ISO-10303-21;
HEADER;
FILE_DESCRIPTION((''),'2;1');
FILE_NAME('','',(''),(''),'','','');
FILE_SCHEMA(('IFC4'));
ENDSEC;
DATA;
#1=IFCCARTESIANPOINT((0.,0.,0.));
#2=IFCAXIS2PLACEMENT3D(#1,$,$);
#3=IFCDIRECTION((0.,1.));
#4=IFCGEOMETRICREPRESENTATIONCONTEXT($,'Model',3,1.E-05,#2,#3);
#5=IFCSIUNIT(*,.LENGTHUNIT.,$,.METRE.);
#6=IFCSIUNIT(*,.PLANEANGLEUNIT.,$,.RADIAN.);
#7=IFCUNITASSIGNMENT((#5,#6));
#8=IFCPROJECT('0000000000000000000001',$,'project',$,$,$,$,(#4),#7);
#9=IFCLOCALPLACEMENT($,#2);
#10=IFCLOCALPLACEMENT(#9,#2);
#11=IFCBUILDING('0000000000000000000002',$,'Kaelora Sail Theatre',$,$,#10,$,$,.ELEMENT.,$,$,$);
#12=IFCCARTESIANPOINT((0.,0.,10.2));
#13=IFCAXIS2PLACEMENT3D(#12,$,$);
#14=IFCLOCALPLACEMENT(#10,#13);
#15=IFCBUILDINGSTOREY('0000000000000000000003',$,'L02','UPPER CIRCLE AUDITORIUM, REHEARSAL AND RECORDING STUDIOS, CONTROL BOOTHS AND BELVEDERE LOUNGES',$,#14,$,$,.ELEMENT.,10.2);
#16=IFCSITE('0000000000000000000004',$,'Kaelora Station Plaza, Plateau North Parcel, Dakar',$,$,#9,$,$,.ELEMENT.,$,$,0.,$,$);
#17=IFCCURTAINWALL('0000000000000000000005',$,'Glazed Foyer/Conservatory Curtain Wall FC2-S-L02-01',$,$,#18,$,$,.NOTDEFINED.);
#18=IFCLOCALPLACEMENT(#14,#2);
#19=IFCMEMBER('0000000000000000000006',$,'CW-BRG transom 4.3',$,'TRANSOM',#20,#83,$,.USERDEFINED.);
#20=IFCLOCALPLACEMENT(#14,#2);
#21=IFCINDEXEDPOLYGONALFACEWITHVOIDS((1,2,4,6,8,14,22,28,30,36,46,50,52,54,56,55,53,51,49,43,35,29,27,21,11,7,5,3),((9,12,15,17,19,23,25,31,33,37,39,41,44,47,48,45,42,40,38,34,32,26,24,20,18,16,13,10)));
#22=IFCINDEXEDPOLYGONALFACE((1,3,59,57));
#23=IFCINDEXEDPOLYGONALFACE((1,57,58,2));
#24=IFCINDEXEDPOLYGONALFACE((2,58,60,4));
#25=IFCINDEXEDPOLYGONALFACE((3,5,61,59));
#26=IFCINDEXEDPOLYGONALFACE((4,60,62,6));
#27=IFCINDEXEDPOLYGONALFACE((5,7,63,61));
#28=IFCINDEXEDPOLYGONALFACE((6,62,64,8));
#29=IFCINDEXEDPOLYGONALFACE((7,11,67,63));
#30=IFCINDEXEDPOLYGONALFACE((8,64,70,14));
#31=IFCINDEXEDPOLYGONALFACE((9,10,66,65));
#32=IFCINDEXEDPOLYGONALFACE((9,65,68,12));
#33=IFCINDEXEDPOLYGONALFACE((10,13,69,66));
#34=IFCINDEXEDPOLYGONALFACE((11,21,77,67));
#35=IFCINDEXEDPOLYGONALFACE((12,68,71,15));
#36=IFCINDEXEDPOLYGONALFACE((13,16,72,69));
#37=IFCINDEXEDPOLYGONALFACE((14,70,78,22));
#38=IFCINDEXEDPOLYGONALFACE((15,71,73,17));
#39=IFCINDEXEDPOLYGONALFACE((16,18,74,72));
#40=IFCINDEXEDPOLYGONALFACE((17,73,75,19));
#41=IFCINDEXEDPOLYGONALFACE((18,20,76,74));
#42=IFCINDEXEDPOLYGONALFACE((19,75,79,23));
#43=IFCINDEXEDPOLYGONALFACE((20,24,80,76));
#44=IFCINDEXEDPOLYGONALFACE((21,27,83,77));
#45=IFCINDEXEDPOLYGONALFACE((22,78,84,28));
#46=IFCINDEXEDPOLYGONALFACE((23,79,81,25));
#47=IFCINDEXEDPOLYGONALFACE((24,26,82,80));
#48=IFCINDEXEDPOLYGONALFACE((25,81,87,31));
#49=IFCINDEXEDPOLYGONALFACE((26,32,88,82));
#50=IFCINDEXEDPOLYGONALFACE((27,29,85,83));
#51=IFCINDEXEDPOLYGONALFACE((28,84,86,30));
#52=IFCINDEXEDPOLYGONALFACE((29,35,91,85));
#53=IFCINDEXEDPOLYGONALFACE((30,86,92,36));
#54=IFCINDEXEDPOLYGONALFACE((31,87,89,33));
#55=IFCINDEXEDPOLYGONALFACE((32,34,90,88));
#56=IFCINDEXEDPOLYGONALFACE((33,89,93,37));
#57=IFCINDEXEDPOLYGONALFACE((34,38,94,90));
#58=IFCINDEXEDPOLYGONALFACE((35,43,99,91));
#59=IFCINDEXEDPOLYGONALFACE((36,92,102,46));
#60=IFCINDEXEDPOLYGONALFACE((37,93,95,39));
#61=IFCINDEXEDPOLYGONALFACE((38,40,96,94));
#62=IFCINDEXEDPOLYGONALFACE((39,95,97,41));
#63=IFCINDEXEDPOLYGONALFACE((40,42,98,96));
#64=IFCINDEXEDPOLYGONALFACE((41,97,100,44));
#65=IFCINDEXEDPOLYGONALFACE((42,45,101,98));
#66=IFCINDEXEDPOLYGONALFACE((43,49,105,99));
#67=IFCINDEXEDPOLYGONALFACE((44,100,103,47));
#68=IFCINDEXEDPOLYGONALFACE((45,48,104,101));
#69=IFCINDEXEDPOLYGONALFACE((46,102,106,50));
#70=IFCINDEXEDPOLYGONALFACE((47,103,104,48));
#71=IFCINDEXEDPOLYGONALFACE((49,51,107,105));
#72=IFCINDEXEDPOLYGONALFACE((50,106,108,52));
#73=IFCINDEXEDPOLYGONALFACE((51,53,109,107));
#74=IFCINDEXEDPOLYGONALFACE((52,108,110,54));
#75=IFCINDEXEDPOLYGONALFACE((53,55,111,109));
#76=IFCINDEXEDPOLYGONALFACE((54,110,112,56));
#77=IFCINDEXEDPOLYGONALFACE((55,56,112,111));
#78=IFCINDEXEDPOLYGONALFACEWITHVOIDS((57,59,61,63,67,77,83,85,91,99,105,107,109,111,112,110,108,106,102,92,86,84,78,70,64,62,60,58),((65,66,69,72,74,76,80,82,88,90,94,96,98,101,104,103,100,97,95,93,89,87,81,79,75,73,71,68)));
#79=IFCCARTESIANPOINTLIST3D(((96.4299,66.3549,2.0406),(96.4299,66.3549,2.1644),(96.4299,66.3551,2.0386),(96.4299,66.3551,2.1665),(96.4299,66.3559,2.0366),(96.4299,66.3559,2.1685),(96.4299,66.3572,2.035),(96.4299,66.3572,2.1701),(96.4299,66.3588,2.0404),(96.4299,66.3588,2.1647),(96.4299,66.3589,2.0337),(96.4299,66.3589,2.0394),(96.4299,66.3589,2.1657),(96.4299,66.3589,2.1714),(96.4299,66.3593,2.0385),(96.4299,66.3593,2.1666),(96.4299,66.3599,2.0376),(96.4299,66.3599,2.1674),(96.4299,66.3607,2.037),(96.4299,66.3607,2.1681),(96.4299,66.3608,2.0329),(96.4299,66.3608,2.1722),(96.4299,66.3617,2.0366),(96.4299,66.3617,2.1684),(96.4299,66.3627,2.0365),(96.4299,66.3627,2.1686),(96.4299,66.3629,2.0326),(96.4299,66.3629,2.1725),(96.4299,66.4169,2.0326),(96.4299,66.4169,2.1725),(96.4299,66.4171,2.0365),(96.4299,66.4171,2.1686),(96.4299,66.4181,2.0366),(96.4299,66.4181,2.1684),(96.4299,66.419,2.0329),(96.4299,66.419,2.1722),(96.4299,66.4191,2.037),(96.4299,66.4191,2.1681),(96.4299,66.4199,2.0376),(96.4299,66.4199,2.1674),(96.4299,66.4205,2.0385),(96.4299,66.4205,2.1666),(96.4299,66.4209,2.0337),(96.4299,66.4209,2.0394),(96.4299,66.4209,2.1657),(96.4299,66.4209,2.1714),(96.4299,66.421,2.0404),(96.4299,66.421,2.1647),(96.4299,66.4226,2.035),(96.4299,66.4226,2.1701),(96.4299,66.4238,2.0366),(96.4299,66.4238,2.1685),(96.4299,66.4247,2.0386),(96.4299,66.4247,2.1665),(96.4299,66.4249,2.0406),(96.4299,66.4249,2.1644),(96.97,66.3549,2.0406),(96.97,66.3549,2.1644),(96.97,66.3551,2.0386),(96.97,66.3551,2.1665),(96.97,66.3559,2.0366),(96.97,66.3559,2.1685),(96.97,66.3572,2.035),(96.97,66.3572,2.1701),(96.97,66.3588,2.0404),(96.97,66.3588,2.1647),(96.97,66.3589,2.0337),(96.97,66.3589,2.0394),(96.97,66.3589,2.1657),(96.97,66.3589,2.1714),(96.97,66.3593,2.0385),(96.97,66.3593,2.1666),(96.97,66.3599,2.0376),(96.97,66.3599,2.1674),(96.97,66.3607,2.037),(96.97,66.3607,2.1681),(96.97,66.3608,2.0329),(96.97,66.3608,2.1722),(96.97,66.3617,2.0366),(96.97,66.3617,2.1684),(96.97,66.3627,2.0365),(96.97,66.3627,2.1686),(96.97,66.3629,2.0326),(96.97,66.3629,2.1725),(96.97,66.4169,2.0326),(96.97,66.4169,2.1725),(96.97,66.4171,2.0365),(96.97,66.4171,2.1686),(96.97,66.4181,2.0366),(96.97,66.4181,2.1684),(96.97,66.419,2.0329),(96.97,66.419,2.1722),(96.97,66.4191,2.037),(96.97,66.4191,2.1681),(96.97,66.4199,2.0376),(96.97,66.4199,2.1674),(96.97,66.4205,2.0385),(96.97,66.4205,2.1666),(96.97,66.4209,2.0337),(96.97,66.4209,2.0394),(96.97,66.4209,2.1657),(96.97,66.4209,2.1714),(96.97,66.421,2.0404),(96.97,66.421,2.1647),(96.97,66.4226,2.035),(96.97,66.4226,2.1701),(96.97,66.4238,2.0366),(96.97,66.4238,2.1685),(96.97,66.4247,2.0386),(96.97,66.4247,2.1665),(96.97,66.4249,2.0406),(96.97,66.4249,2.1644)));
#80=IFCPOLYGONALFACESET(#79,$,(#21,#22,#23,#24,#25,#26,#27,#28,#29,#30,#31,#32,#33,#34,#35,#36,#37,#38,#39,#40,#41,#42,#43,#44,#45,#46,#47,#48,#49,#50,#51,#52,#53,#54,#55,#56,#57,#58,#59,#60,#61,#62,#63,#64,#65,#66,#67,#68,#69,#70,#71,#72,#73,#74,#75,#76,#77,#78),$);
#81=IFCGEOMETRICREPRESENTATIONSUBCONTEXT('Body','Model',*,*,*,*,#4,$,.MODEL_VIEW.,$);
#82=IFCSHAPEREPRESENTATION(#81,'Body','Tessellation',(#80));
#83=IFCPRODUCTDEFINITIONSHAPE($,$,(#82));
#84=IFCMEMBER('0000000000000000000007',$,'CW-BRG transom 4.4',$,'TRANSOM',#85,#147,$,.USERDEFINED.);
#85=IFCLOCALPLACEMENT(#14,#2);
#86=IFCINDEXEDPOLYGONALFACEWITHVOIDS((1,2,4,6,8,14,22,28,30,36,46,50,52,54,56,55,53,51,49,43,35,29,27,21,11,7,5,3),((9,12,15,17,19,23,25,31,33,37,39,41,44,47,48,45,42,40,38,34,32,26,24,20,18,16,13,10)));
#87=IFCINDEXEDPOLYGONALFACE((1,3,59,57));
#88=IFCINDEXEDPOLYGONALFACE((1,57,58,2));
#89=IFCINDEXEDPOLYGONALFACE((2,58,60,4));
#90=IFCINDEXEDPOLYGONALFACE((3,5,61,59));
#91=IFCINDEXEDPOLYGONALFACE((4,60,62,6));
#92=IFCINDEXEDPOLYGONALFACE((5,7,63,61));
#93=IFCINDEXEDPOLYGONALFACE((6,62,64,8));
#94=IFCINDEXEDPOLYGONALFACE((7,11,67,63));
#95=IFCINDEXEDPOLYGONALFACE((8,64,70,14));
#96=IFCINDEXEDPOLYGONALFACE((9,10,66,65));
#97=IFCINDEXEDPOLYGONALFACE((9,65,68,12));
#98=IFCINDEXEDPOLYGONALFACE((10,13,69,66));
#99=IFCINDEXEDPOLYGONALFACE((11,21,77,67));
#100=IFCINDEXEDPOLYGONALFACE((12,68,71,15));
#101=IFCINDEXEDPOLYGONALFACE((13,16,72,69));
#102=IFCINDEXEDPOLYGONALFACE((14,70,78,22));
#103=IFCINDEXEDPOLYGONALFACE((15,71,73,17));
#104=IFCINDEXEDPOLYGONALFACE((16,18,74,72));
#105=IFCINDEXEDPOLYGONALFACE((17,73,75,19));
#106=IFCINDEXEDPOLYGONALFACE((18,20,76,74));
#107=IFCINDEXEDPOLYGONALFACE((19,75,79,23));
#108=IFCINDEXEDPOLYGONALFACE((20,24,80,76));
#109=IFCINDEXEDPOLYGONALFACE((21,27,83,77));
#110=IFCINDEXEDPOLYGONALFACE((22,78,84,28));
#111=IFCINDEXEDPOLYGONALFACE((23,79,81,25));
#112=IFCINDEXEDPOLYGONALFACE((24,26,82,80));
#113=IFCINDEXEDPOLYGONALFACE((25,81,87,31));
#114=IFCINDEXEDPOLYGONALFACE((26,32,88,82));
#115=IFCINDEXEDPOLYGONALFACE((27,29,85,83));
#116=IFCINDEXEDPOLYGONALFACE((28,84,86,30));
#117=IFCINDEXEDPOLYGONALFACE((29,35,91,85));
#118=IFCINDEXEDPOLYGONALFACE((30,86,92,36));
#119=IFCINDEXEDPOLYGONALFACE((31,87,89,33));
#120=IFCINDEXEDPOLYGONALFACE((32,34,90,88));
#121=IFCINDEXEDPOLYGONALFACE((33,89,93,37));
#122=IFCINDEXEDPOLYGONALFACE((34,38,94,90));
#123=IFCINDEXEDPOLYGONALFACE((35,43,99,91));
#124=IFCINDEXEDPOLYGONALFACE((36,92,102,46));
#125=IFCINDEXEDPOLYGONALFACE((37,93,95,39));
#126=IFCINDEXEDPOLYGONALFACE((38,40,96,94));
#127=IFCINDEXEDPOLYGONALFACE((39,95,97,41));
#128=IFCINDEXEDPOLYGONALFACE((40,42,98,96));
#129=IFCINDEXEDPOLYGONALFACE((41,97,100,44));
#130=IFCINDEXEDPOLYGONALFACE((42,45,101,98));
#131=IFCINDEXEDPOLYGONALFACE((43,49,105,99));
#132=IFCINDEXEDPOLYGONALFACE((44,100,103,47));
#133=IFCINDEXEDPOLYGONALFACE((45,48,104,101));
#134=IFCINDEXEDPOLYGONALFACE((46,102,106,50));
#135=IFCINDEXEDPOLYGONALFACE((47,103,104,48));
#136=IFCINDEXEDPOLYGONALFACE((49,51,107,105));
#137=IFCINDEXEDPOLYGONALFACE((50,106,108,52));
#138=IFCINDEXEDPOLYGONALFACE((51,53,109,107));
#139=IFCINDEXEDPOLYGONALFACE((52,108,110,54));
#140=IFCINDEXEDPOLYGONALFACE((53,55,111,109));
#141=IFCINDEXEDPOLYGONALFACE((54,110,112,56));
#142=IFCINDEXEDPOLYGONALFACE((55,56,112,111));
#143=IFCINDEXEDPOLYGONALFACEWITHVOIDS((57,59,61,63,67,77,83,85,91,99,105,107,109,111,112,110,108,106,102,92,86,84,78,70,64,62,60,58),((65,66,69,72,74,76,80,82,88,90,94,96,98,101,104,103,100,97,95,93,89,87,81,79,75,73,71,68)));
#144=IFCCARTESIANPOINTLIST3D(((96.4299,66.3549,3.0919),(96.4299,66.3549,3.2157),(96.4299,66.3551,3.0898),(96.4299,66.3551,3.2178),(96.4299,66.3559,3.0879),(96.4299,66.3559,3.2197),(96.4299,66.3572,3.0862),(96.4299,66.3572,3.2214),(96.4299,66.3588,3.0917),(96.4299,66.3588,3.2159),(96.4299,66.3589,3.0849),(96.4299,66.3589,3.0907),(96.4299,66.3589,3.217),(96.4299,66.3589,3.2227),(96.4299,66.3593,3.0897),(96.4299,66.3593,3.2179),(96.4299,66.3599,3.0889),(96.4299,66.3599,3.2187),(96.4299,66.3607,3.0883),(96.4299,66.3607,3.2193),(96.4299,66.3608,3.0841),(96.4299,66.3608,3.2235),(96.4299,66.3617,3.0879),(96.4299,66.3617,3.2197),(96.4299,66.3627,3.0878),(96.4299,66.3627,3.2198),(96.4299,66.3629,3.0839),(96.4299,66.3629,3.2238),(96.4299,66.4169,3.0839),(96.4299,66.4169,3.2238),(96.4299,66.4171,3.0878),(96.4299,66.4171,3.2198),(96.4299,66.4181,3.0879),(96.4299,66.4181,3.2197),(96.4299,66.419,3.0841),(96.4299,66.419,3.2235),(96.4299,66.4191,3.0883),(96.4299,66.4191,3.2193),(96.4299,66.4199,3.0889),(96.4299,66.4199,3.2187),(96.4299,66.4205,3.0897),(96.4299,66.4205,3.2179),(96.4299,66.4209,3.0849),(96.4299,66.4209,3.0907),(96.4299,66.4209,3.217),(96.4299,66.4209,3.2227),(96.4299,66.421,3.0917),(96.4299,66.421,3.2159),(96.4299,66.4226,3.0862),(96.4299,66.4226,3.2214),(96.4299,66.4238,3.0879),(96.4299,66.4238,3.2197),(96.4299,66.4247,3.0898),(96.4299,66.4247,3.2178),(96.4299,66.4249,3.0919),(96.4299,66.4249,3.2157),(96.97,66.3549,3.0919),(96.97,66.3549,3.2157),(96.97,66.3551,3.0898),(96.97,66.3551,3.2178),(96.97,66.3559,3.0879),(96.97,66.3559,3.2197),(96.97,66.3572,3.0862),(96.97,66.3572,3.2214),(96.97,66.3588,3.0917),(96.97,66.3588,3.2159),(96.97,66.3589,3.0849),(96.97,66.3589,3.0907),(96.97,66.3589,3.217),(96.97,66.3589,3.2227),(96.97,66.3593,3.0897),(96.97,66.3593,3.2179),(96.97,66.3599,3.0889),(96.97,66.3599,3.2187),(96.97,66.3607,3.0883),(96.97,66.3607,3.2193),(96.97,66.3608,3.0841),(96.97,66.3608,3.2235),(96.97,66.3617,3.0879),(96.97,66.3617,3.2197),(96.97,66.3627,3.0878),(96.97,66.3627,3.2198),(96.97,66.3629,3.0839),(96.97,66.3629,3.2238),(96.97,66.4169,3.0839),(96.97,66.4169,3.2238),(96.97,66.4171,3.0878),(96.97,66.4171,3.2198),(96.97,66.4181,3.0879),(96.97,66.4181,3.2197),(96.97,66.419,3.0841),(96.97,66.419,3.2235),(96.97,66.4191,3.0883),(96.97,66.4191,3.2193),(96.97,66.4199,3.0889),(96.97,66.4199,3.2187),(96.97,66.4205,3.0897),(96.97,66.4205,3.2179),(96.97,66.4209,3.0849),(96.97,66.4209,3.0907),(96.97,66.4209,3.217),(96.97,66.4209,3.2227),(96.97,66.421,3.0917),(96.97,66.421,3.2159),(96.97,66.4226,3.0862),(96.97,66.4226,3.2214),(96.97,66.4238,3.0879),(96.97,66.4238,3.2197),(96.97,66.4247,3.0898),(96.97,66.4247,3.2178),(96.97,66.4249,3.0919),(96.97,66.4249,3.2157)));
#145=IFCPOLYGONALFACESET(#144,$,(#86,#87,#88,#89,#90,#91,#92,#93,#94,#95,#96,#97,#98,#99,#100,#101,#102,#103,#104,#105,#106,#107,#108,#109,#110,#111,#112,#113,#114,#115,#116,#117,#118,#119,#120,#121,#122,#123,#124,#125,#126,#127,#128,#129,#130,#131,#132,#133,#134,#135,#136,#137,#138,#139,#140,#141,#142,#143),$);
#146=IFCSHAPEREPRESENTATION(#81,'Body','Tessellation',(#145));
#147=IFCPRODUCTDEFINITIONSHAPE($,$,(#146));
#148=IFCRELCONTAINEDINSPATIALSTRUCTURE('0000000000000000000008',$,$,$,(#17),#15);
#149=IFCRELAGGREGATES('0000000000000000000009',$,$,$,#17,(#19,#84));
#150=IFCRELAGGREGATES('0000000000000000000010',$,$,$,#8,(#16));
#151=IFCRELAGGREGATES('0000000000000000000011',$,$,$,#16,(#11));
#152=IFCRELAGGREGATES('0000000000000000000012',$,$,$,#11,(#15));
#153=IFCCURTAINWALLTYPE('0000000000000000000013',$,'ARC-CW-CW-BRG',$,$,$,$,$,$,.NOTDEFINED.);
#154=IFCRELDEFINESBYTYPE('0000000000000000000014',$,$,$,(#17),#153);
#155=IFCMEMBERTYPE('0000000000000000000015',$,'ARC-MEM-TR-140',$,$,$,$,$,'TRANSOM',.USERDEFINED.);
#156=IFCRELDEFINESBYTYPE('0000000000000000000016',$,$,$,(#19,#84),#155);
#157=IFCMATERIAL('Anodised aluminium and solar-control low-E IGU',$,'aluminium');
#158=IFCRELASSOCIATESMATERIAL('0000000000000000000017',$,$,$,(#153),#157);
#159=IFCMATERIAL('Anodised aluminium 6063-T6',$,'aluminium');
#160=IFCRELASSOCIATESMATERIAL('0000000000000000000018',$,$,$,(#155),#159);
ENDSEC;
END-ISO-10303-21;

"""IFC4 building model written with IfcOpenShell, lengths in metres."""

from ifc_helpers import new_model, si_unit, direction, frame, origin, origin_2d, place, context, subcontext, project, spatial, hollow_rectangle, extrude, material, material_profile, profile_set, type_object, element, aggregate, save


model = new_model("IFC4")

# Units and contexts
model_context = context("Model", 3, precision=1e-05, world=origin(), true_north=direction((0.0, 1.0)))
body_context = subcontext(model_context, "Body", "Model", "MODEL_VIEW")
ifc_project = project(units=[si_unit("LENGTHUNIT", "METRE"), si_unit("PLANEANGLEUNIT", "RADIAN")], contexts=[model_context])

# Site, building, storey
site_placement = place(None, origin())
site = spatial("IfcSite", under=ifc_project, at=site_placement, Name="Kaelora Station Plaza, Plateau North Parcel, Dakar", CompositionType="ELEMENT", RefElevation=0.0)
building_placement = place(site_placement, origin())
building = spatial("IfcBuilding", under=site, at=building_placement, Name="Kaelora Sail Theatre", CompositionType="ELEMENT")
storey_placement = place(building_placement, frame((0.0, 0.0, 10.2)))
storey = spatial("IfcBuildingStorey", under=building, at=storey_placement, Name="L02", Description="UPPER CIRCLE AUDITORIUM, REHEARSAL AND RECORDING STUDIOS, CONTROL BOOTHS AND BELVEDERE LOUNGES", CompositionType="ELEMENT", Elevation=10.2)

# Curtain wall, members
ifc_material_1 = material(Name="Anodised aluminium and solar-control low-E IGU", Category="aluminium")
curtain_wall_type = type_object("IfcCurtainWallType", Name="ARC-CW-CW-BRG", PredefinedType="NOTDEFINED", material=ifc_material_1)
curtain_wall_placement = place(storey_placement, origin())
curtain_wall = element("IfcCurtainWall", 1, at=curtain_wall_placement, inside=storey, type_object=curtain_wall_type, Name="Glazed Foyer/Conservatory Curtain Wall FC2-S-L02-01", PredefinedType="NOTDEFINED")
ifc_material_2 = material(Name="Anodised aluminium 6063-T6", Category="aluminium")
ifc_material_profile_1 = material_profile(ifc_material_2, hollow_rectangle(XDim=0.0701, YDim=0.1399, WallThickness=0.0039, InnerFilletRadius=0.0039, OuterFilletRadius=0.0081, at=origin_2d()), Name="ALU-TRAN 70x140x4")
ifc_profile_set_1 = profile_set([ifc_material_profile_1], Name="Anodised aluminium 6063-T6")
member_type_1 = type_object("IfcMemberType", Name="ARC-MEM-TR-140", ElementType="TRANSOM", PredefinedType="USERDEFINED", material=ifc_profile_set_1)
member_1_placement = place(storey_placement, frame((96.4299, 66.3899, 2.1025), z_axis=(1.0, 0.0, 0.0), x_axis=(0.0, 1.0, 0.0)))
member_1 = element("IfcMember", 2, at=member_1_placement, type_object=member_type_1, Name="CW-BRG transom 4.3", ObjectType="TRANSOM", PredefinedType="USERDEFINED", context=body_context, shape_type="SweptSolid", body=[
    extrude(hollow_rectangle(XDim=0.0701, YDim=0.1399, WallThickness=0.0039, InnerFilletRadius=0.0039, OuterFilletRadius=0.0081, at=origin_2d()), origin(), (0.0, 0.0, 1.0), 0.54),
])
member_2_placement = place(storey_placement, frame((96.4299, 66.3899, 3.1538), z_axis=(1.0, 0.0, 0.0), x_axis=(0.0, 1.0, 0.0)))
member_2 = element("IfcMember", 3, at=member_2_placement, type_object=member_type_1, Name="CW-BRG transom 4.4", ObjectType="TRANSOM", PredefinedType="USERDEFINED", context=body_context, shape_type="SweptSolid", body=[
    extrude(hollow_rectangle(XDim=0.0701, YDim=0.1399, WallThickness=0.0039, InnerFilletRadius=0.0039, OuterFilletRadius=0.0081, at=origin_2d()), origin(), (0.0, 0.0, 1.0), 0.54),
])
aggregate(curtain_wall, [member_1, member_2])

save(model, "model.ifc")
